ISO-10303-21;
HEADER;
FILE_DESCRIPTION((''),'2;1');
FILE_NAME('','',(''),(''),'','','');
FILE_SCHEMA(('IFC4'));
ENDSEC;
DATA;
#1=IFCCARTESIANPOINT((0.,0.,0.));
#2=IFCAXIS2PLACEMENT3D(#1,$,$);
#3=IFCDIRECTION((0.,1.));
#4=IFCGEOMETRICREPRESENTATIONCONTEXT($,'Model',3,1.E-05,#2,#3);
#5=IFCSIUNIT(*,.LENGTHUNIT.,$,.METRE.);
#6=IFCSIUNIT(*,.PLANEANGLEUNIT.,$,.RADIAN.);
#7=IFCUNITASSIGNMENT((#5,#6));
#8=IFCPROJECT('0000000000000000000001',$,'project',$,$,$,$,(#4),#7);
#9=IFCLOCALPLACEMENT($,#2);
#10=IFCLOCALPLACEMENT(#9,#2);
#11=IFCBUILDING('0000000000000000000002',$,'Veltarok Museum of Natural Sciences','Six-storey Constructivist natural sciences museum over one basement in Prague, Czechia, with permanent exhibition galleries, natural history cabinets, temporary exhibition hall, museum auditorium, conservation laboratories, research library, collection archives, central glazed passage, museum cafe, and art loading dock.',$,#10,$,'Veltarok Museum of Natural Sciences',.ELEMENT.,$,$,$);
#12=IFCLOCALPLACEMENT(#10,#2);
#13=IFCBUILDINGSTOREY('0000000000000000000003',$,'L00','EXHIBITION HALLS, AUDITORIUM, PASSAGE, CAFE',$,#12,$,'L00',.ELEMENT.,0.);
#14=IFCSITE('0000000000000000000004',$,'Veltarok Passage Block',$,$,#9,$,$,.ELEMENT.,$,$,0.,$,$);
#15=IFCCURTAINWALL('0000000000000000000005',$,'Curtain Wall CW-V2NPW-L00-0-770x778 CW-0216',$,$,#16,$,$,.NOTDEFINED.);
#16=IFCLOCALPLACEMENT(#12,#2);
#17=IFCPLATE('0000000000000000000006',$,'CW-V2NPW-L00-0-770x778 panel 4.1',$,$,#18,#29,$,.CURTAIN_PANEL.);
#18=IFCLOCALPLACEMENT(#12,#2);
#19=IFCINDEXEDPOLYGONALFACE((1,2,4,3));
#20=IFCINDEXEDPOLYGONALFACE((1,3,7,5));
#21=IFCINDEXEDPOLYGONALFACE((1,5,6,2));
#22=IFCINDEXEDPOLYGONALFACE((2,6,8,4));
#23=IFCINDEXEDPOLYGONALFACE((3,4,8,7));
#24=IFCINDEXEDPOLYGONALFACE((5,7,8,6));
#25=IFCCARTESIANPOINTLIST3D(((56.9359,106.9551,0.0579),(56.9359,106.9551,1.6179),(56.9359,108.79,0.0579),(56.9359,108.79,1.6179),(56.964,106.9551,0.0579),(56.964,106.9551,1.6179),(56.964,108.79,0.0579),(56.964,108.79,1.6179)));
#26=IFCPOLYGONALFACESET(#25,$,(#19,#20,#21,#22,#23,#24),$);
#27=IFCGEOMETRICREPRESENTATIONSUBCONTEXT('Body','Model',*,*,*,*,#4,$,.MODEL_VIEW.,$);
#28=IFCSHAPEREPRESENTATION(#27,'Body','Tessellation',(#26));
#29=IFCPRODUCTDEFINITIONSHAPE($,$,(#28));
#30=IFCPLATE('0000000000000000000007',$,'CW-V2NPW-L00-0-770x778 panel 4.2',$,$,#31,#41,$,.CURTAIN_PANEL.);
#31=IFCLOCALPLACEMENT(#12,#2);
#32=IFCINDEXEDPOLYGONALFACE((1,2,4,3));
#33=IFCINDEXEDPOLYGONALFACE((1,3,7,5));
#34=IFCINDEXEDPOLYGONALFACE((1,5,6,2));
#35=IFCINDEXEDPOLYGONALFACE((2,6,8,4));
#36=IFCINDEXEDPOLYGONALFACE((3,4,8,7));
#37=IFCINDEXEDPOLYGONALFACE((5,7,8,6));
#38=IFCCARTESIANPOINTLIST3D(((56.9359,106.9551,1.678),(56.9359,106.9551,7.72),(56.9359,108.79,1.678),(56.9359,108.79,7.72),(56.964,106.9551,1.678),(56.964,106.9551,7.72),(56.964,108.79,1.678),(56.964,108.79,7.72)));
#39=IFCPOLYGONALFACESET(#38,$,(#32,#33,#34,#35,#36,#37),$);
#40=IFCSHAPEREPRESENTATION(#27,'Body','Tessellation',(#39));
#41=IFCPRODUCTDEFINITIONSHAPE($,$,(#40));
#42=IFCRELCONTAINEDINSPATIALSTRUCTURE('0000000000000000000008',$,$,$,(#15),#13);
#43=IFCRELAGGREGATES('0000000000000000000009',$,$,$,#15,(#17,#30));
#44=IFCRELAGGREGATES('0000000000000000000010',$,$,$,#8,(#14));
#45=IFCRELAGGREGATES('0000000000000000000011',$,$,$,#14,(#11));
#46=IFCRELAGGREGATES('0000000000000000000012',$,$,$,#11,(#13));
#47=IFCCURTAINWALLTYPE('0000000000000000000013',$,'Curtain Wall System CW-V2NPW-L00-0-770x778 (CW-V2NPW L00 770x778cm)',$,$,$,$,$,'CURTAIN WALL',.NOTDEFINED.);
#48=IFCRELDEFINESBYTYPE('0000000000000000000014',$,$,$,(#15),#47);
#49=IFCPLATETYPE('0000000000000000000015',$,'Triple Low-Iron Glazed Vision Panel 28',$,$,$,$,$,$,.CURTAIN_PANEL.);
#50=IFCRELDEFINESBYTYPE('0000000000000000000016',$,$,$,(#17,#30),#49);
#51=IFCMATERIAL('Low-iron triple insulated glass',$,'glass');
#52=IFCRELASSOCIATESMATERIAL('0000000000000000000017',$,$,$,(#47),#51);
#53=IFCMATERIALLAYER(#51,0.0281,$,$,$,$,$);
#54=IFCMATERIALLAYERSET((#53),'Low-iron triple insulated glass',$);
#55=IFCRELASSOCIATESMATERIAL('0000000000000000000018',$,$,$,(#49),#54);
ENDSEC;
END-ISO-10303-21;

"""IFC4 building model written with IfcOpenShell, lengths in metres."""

from ifc_helpers import new_model, si_unit, direction, frame, origin, origin_2d, place, context, subcontext, project, spatial, rectangle, extrude, material, layer, layer_set, type_object, element, aggregate, save


model = new_model("IFC4")

# Units and contexts
model_context = context("Model", 3, precision=1e-05, world=origin(), true_north=direction((0.0, 1.0)))
body_context = subcontext(model_context, "Body", "Model", "MODEL_VIEW")
ifc_project = project(units=[si_unit("LENGTHUNIT", "METRE"), si_unit("PLANEANGLEUNIT", "RADIAN")], contexts=[model_context])

# Site, building, storey
site_placement = place(None, origin())
site = spatial("IfcSite", under=ifc_project, at=site_placement, Name="Veltarok Passage Block", CompositionType="ELEMENT", RefElevation=0.0)
building_placement = place(site_placement, origin())
building = spatial("IfcBuilding", under=site, at=building_placement, Name="Veltarok Museum of Natural Sciences", Description="Six-storey Constructivist natural sciences museum over one basement in Prague, Czechia, with permanent exhibition galleries, natural history cabinets, temporary exhibition hall, museum auditorium, conservation laboratories, research library, collection archives, central glazed passage, museum cafe, and art loading dock.", LongName="Veltarok Museum of Natural Sciences", CompositionType="ELEMENT")
storey_placement = place(building_placement, origin())
storey = spatial("IfcBuildingStorey", under=building, at=storey_placement, Name="L00", Description="EXHIBITION HALLS, AUDITORIUM, PASSAGE, CAFE", LongName="L00", CompositionType="ELEMENT", Elevation=0.0)

# Curtain wall
ifc_material_1 = material(Name="Low-iron triple insulated glass", Category="glass")
curtain_wall_type_1 = type_object("IfcCurtainWallType", Name="Curtain Wall System CW-V2NPW-L00-0-770x778 (CW-V2NPW L00 770x778cm)", ElementType="CURTAIN WALL", PredefinedType="NOTDEFINED", material=ifc_material_1)
curtain_wall_1_placement = place(storey_placement, origin())
curtain_wall_1 = element("IfcCurtainWall", 1, at=curtain_wall_1_placement, inside=storey, type_object=curtain_wall_type_1, Name="Curtain Wall CW-V2NPW-L00-0-770x778 CW-0216", PredefinedType="NOTDEFINED")

# Plates
ifc_layer = layer(ifc_material_1, 0.0281)
ifc_layer_set = layer_set([ifc_layer], Name="Low-iron triple insulated glass")
plate_type = type_object("IfcPlateType", Name="Triple Low-Iron Glazed Vision Panel 28", PredefinedType="CURTAIN_PANEL", material=ifc_layer_set)
plate_1_placement = place(storey_placement, frame((56.95, 107.8726, 0.0579), z_axis=(0.0, 0.0, 1.0), x_axis=(0.0, 1.0, 0.0)))
plate_1 = element("IfcPlate", 2, at=plate_1_placement, type_object=plate_type, Name="CW-V2NPW-L00-0-770x778 panel 4.1", PredefinedType="CURTAIN_PANEL", context=body_context, shape_type="SweptSolid", body=[
    extrude(rectangle(XDim=1.835, YDim=0.0281, at=origin_2d()), origin(), (0.0, 0.0, 1.0), 1.5601),
])
plate_2_placement = place(storey_placement, frame((56.95, 107.8726, 1.678), z_axis=(0.0, 0.0, 1.0), x_axis=(0.0, 1.0, 0.0)))
plate_2 = element("IfcPlate", 3, at=plate_2_placement, type_object=plate_type, Name="CW-V2NPW-L00-0-770x778 panel 4.2", PredefinedType="CURTAIN_PANEL", context=body_context, shape_type="SweptSolid", body=[
    extrude(rectangle(XDim=1.835, YDim=0.0281, at=origin_2d()), origin(), (0.0, 0.0, 1.0), 6.042),
])
aggregate(curtain_wall_1, [plate_1, plate_2])

save(model, "model.ifc")
